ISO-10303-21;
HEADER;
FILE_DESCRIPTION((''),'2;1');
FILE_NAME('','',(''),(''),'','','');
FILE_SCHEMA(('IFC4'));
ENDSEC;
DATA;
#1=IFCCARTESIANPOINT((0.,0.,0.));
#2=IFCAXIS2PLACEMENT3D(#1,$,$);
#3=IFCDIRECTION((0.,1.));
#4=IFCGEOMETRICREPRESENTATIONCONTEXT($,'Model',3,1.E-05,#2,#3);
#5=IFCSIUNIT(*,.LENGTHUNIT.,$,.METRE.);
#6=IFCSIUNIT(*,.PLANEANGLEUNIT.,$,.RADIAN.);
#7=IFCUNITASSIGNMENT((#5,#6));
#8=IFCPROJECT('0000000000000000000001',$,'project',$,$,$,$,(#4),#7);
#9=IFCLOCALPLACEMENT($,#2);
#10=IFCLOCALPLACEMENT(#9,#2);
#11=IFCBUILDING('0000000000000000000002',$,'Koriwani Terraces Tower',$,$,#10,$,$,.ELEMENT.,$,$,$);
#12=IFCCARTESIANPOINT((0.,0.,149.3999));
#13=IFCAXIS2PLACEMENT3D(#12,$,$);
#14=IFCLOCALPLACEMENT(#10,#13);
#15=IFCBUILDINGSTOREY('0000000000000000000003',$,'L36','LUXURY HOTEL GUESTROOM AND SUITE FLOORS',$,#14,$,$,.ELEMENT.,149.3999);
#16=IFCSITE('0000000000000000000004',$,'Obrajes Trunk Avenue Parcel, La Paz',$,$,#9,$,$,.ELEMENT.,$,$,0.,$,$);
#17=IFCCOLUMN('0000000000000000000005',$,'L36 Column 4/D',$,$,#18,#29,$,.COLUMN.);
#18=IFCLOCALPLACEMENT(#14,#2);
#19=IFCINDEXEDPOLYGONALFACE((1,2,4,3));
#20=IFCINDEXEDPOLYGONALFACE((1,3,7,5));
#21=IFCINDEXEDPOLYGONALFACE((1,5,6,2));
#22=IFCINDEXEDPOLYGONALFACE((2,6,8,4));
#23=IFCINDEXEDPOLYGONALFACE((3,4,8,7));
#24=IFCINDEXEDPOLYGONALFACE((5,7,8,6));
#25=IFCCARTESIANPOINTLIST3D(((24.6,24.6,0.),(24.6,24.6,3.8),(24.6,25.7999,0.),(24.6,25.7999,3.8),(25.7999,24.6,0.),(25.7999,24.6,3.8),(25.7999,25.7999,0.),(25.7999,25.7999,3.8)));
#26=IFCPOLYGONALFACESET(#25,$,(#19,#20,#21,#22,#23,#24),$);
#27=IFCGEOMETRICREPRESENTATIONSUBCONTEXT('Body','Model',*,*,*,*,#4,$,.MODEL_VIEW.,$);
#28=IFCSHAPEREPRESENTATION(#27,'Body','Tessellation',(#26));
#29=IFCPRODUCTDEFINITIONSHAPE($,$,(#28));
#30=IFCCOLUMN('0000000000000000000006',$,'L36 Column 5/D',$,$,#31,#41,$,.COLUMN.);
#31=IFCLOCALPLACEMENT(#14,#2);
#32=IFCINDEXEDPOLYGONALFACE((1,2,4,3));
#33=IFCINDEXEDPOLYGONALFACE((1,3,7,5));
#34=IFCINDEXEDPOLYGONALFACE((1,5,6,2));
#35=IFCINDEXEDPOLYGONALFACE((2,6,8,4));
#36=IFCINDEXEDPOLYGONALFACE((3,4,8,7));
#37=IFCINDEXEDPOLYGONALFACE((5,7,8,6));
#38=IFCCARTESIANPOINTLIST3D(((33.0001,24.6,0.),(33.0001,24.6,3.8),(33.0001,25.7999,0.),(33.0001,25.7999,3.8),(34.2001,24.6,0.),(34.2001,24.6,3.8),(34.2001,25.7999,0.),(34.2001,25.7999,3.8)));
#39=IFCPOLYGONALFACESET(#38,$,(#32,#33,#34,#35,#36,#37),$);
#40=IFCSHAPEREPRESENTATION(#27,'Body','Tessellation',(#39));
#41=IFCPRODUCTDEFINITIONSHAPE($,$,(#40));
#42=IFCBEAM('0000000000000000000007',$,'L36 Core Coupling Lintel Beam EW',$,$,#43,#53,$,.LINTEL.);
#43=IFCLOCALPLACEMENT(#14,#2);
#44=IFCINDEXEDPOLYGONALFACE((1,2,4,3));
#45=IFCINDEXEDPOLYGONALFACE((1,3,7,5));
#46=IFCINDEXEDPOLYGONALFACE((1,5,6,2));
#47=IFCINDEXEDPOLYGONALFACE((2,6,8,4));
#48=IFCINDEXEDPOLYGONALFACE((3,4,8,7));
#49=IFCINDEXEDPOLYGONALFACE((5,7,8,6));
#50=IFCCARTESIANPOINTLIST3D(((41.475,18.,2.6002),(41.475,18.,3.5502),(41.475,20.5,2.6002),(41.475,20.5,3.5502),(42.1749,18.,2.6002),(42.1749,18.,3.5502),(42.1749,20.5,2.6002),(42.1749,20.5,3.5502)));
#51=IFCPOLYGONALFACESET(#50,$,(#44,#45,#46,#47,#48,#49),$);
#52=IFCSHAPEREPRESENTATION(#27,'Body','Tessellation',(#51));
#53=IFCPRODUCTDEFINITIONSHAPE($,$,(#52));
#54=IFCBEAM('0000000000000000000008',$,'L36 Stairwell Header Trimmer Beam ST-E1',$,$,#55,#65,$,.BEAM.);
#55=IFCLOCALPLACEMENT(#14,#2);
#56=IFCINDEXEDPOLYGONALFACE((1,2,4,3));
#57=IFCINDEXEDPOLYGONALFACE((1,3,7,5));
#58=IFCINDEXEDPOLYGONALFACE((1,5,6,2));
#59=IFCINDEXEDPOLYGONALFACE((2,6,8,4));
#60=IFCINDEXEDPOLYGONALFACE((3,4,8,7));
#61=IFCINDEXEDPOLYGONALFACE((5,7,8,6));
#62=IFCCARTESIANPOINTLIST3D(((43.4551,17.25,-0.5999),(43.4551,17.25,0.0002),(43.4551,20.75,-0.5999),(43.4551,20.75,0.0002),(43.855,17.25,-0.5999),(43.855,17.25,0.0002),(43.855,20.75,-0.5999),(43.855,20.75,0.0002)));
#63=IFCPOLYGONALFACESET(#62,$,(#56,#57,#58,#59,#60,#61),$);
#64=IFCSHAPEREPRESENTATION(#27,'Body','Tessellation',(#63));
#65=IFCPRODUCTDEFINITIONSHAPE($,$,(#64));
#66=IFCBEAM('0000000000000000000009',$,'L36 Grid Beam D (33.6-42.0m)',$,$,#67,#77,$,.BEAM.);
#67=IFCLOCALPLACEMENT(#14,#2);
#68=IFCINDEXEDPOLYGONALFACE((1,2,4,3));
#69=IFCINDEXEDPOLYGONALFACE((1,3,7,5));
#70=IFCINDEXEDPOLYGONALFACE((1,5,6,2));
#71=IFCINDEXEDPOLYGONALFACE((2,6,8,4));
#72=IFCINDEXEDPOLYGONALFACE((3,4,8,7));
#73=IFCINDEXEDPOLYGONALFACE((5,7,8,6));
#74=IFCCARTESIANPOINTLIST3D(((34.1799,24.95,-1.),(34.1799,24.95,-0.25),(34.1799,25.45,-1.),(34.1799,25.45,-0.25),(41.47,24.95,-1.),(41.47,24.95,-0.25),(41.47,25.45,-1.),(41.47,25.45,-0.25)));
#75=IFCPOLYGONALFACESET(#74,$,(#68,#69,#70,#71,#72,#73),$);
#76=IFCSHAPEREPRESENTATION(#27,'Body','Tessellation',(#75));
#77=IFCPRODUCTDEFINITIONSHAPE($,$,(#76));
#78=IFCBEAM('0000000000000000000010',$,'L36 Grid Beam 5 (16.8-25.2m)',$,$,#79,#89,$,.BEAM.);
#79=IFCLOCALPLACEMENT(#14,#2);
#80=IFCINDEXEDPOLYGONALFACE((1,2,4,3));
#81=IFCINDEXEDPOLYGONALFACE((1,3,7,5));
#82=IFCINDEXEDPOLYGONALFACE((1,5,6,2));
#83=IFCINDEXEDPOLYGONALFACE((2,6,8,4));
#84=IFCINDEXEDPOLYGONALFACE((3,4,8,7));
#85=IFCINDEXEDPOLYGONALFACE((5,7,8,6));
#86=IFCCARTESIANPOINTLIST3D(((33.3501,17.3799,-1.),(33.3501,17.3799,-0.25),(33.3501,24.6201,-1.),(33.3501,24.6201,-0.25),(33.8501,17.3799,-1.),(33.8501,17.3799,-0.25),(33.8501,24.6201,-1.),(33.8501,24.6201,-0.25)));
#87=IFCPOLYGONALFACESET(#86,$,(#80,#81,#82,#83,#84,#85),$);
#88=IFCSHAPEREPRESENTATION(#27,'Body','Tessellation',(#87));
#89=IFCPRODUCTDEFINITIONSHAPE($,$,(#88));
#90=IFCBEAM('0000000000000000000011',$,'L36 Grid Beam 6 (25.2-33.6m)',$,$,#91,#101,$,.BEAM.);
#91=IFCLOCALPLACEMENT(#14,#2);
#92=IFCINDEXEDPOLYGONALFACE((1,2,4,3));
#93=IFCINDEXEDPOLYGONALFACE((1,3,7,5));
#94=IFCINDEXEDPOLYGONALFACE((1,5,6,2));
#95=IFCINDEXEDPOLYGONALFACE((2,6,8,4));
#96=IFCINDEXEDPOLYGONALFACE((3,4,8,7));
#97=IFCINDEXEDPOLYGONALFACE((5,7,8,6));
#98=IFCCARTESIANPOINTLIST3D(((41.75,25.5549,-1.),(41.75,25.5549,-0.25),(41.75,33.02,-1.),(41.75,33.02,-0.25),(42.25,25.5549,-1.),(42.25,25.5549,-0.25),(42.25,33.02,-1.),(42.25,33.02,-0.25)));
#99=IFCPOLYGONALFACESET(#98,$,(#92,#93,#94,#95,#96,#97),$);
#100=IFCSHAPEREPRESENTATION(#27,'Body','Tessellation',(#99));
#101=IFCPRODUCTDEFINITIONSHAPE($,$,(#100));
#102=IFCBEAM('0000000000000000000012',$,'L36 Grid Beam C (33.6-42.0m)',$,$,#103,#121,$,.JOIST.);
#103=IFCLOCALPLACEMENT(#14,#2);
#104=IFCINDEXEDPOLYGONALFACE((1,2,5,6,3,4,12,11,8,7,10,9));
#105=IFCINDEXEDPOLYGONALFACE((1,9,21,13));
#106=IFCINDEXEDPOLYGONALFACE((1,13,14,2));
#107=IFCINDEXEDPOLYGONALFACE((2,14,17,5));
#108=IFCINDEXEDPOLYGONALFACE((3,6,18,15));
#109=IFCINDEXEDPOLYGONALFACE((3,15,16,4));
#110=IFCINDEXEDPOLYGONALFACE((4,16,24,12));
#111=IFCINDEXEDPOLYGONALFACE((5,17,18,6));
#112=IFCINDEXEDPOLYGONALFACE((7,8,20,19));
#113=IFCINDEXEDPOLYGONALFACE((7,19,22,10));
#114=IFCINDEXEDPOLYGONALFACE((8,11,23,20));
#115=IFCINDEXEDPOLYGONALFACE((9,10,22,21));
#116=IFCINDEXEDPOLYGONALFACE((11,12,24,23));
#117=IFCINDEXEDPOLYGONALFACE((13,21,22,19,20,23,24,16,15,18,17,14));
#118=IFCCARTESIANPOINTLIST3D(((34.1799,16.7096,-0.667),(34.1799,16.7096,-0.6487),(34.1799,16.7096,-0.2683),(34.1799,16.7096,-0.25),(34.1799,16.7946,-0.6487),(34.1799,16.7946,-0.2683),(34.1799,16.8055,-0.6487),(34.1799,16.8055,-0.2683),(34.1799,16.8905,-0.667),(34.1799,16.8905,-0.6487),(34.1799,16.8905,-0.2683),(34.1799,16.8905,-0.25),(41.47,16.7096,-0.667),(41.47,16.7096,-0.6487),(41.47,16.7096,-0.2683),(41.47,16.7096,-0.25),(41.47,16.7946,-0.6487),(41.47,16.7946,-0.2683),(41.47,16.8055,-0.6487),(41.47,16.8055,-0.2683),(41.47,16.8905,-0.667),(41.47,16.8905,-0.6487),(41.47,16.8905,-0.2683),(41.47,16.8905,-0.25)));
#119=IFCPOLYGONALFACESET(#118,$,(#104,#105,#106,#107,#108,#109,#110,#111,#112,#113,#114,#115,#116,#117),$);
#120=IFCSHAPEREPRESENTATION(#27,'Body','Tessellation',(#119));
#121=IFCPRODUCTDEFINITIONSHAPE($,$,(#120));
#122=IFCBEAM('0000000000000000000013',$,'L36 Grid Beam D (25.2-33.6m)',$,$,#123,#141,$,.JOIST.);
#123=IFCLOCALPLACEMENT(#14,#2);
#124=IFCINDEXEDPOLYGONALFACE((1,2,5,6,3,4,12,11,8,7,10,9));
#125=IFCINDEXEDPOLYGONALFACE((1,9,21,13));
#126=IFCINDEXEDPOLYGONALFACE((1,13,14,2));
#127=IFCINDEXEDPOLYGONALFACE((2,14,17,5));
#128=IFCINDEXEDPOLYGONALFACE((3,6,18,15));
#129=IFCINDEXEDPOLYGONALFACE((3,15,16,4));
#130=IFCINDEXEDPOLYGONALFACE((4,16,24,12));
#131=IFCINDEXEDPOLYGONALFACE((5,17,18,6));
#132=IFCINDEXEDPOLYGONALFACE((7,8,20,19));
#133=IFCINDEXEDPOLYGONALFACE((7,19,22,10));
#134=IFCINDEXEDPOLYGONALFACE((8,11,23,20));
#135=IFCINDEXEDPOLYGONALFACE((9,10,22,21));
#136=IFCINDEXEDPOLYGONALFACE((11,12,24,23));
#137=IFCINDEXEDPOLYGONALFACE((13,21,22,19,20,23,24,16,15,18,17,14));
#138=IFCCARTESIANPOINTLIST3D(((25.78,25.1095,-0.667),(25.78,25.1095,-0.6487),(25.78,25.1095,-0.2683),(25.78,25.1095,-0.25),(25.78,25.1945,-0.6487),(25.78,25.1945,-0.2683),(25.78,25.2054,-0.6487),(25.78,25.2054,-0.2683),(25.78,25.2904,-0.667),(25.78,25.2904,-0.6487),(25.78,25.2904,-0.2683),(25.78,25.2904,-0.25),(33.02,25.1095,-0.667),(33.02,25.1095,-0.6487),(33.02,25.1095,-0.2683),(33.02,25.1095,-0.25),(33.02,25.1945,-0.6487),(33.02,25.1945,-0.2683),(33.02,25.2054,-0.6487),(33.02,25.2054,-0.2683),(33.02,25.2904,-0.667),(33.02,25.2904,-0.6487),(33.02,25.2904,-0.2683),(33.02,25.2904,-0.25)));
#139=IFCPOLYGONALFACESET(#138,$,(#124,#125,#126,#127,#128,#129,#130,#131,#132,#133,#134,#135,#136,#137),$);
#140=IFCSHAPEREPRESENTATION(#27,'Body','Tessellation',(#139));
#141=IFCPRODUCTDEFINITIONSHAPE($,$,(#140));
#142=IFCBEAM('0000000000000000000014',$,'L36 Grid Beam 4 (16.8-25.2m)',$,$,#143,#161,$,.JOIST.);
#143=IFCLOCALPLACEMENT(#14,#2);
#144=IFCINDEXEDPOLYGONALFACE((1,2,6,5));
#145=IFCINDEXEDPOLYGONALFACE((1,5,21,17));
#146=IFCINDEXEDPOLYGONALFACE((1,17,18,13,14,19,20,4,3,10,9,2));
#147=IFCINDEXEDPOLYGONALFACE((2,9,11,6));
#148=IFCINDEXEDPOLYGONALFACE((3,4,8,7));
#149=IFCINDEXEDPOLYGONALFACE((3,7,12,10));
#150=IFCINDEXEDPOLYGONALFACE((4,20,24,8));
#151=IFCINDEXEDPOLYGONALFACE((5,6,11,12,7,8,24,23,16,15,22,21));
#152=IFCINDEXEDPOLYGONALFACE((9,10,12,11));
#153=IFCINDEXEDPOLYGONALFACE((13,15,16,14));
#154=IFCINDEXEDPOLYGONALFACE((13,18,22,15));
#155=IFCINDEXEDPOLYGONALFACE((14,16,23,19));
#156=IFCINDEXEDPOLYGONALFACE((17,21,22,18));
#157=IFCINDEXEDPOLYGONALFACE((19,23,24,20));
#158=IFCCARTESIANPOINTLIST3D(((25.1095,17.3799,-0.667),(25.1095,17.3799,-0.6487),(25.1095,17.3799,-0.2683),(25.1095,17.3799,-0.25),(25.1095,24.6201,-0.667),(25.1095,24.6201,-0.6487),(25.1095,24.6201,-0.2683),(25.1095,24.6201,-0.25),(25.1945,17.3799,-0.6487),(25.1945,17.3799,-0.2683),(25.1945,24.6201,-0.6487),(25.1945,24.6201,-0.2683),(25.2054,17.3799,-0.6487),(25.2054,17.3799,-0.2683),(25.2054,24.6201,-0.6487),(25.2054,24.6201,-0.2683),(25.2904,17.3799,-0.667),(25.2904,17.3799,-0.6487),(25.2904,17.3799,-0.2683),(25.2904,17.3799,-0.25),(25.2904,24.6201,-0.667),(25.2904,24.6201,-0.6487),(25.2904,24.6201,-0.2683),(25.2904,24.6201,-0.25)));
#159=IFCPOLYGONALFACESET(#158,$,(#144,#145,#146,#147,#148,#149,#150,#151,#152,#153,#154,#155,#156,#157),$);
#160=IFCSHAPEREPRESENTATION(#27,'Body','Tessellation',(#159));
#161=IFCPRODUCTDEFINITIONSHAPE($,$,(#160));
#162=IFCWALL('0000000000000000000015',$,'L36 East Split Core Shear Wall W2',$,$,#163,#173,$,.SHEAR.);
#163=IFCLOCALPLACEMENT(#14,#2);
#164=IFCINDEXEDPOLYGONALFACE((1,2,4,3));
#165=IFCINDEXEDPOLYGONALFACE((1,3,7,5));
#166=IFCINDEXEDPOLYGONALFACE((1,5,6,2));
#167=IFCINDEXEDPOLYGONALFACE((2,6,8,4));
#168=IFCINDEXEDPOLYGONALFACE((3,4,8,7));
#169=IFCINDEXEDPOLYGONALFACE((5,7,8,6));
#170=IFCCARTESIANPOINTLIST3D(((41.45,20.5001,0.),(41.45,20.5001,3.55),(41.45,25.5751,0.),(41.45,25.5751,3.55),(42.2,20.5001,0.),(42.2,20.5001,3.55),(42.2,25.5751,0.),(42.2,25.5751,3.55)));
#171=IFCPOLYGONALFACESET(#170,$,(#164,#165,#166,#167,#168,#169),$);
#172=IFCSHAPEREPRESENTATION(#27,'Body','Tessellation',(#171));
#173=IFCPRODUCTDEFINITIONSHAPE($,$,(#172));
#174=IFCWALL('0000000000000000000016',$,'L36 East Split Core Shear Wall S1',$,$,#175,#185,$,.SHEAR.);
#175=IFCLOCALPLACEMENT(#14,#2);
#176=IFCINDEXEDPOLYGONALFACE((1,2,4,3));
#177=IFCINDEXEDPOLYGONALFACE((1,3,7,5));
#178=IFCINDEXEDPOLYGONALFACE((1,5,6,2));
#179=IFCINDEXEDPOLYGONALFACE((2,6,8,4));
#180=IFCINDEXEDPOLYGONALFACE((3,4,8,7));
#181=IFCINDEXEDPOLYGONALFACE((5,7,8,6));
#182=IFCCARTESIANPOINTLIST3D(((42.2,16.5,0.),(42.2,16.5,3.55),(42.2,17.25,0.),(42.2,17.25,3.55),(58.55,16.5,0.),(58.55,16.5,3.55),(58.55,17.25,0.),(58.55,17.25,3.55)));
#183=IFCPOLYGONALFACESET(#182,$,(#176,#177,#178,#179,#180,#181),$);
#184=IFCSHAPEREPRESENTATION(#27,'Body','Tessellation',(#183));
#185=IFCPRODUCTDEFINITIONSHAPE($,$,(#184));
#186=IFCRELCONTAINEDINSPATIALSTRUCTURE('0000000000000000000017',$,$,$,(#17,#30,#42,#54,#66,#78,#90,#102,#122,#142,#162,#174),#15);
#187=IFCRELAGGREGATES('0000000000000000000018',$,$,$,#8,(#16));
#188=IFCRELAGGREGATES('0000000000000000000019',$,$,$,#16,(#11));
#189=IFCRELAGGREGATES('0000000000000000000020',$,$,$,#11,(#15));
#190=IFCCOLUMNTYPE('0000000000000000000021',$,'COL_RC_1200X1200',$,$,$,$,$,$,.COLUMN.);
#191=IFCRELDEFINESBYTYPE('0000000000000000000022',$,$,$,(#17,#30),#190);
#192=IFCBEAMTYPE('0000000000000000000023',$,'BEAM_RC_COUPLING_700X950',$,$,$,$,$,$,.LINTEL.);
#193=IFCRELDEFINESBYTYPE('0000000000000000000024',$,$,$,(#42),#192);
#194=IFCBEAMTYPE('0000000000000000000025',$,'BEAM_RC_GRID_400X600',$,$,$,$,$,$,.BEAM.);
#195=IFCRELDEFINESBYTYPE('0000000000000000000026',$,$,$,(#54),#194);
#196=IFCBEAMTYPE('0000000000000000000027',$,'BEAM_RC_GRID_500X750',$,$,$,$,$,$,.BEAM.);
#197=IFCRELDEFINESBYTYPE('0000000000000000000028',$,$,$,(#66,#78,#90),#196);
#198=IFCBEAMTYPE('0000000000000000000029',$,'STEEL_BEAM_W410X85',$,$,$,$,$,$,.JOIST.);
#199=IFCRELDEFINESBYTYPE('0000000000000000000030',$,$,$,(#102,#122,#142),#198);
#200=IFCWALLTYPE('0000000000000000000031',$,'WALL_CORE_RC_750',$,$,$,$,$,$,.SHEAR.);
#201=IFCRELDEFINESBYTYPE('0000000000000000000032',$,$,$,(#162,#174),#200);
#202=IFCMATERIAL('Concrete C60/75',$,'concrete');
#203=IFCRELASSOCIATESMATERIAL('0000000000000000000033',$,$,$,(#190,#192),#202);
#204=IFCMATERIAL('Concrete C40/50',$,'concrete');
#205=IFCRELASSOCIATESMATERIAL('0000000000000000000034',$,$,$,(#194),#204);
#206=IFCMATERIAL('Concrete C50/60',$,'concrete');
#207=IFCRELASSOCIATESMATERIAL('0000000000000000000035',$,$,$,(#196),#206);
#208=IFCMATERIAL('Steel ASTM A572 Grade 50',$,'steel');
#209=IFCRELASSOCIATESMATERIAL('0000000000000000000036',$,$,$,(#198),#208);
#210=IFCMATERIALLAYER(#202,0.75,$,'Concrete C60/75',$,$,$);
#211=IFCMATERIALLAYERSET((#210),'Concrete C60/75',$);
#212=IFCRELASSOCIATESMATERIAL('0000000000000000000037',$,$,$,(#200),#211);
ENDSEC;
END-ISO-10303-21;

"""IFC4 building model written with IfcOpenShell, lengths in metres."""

from ifc_helpers import new_model, si_unit, direction, frame, frame_2d, origin, origin_2d, place, context, subcontext, project, spatial, rectangle, i_section, extrude, material, layer, layer_set, material_profile, profile_set, type_object, element, save


model = new_model("IFC4")

# Units and contexts
model_context = context("Model", 3, precision=1e-05, world=origin(), true_north=direction((0.0, 1.0)))
body_context = subcontext(model_context, "Body", "Model", "MODEL_VIEW")
ifc_project = project(units=[si_unit("LENGTHUNIT", "METRE"), si_unit("PLANEANGLEUNIT", "RADIAN")], contexts=[model_context])

# Site, building, storey
site_placement = place(None, origin())
site = spatial("IfcSite", under=ifc_project, at=site_placement, Name="Obrajes Trunk Avenue Parcel, La Paz", CompositionType="ELEMENT", RefElevation=0.0)
building_placement = place(site_placement, origin())
building = spatial("IfcBuilding", under=site, at=building_placement, Name="Koriwani Terraces Tower", CompositionType="ELEMENT")
storey_placement = place(building_placement, frame((0.0, 0.0, 149.3999)))
storey = spatial("IfcBuildingStorey", under=building, at=storey_placement, Name="L36", Description="LUXURY HOTEL GUESTROOM AND SUITE FLOORS", CompositionType="ELEMENT", Elevation=149.3999)

# Columns
ifc_material_1 = material(Name="Concrete C60/75", Category="concrete")
ifc_material_profile_1 = material_profile(ifc_material_1, rectangle(XDim=1.2, YDim=1.2, at=origin_2d()), Name="Concrete C60/75", Category="LoadBearing")
ifc_profile_set_1 = profile_set([ifc_material_profile_1], Name="Concrete C60/75")
column_type = type_object("IfcColumnType", Name="COL_RC_1200X1200", PredefinedType="COLUMN", material=ifc_profile_set_1)
for number, where, z_axis, x_axis, name in (
    (1, (25.2, 25.2, 0.0), (0.0, 0.0, 1.0), (1.0, 0.0, 0.0), "L36 Column 4/D"),
    (2, (33.6001, 25.2, 0.0), (0.0, 0.0, 1.0), (1.0, 0.0, 0.0), "L36 Column 5/D"),
):
    element("IfcColumn", number, at=place(storey_placement, frame(where, z_axis=z_axis, x_axis=x_axis)), inside=storey, type_object=column_type, Name=name, PredefinedType="COLUMN", context=body_context, shape_type="SweptSolid", body=[
        extrude(rectangle(XDim=1.2, YDim=1.2, at=origin_2d()), origin(), (0.0, 0.0, 1.0), 3.8),
    ])

# Beams
ifc_material_profile_2 = material_profile(ifc_material_1, rectangle(XDim=0.7, YDim=0.95, at=origin_2d()), Name="Concrete C60/75", Category="LoadBearing")
ifc_profile_set_2 = profile_set([ifc_material_profile_2], Name="Concrete C60/75")
beam_type_1 = type_object("IfcBeamType", Name="BEAM_RC_COUPLING_700X950", PredefinedType="LINTEL", material=ifc_profile_set_2)
beam_1_placement = place(storey_placement, frame((41.825, 18.0, 3.0752), z_axis=(0.0, 1.0, 0.0), x_axis=(-1.0, 0.0, 0.0)))
element("IfcBeam", 3, at=beam_1_placement, inside=storey, type_object=beam_type_1, Name="L36 Core Coupling Lintel Beam EW", PredefinedType="LINTEL", context=body_context, shape_type="SweptSolid", body=[
    extrude(rectangle(XDim=0.7, YDim=0.95, at=origin_2d()), origin(), (0.0, 0.0, 1.0), 2.5),
])
ifc_material_2 = material(Name="Concrete C40/50", Category="concrete")
ifc_material_profile_3 = material_profile(ifc_material_2, rectangle(XDim=0.3999, YDim=0.6001, at=origin_2d()), Name="Concrete C40/50", Category="LoadBearing")
ifc_profile_set_3 = profile_set([ifc_material_profile_3], Name="Concrete C40/50")
beam_type_2 = type_object("IfcBeamType", Name="BEAM_RC_GRID_400X600", PredefinedType="BEAM", material=ifc_profile_set_3)
beam_2_placement = place(storey_placement, frame((43.655, 17.25, -0.2998), z_axis=(0.0, 1.0, 0.0), x_axis=(-1.0, 0.0, 0.0)))
element("IfcBeam", 4, at=beam_2_placement, inside=storey, type_object=beam_type_2, Name="L36 Stairwell Header Trimmer Beam ST-E1", PredefinedType="BEAM", context=body_context, shape_type="SweptSolid", body=[
    extrude(rectangle(XDim=0.3999, YDim=0.6001, at=origin_2d()), origin(), (0.0, 0.0, 1.0), 3.5),
])
ifc_material_3 = material(Name="Concrete C50/60", Category="concrete")
ifc_material_profile_4 = material_profile(ifc_material_3, rectangle(XDim=0.5, YDim=0.75, at=origin_2d()), Name="Concrete C50/60", Category="LoadBearing")
ifc_profile_set_4 = profile_set([ifc_material_profile_4], Name="Concrete C50/60")
beam_type_3 = type_object("IfcBeamType", Name="BEAM_RC_GRID_500X750", PredefinedType="BEAM", material=ifc_profile_set_4)
beam_3_placement = place(storey_placement, frame((34.1799, 25.2, -0.625), z_axis=(1.0, 0.0, 0.0), x_axis=(0.0, 1.0, 0.0)))
element("IfcBeam", 5, at=beam_3_placement, inside=storey, type_object=beam_type_3, Name="L36 Grid Beam D (33.6-42.0m)", PredefinedType="BEAM", context=body_context, shape_type="SweptSolid", body=[
    extrude(rectangle(XDim=0.5, YDim=0.75, at=origin_2d()), origin(), (0.0, 0.0, 1.0), 7.29),
])
beam_4_placement = place(storey_placement, frame((33.6001, 17.3799, -0.625), z_axis=(0.0, 1.0, 0.0), x_axis=(-1.0, 0.0, 0.0)))
element("IfcBeam", 6, at=beam_4_placement, inside=storey, type_object=beam_type_3, Name="L36 Grid Beam 5 (16.8-25.2m)", PredefinedType="BEAM", context=body_context, shape_type="SweptSolid", body=[
    extrude(rectangle(XDim=0.5, YDim=0.75, at=origin_2d()), origin(), (0.0, 0.0, 1.0), 7.2402),
])
beam_5_placement = place(storey_placement, frame((42.0, 25.5549, -0.625), z_axis=(0.0, 1.0, 0.0), x_axis=(-1.0, 0.0, 0.0)))
element("IfcBeam", 7, at=beam_5_placement, inside=storey, type_object=beam_type_3, Name="L36 Grid Beam 6 (25.2-33.6m)", PredefinedType="BEAM", context=body_context, shape_type="SweptSolid", body=[
    extrude(rectangle(XDim=0.5, YDim=0.75, at=origin_2d()), origin(), (0.0, 0.0, 1.0), 7.4651),
])
ifc_material_4 = material(Name="Steel ASTM A572 Grade 50", Category="steel")
ifc_material_profile_5 = material_profile(ifc_material_4, i_section(OverallWidth=0.1809, OverallDepth=0.417, WebThickness=0.011, FlangeThickness=0.0183, at=origin_2d()), Name="Steel ASTM A572 Grade 50", Category="LoadBearing")
ifc_profile_set_5 = profile_set([ifc_material_profile_5], Name="Steel ASTM A572 Grade 50")
beam_type_4 = type_object("IfcBeamType", Name="STEEL_BEAM_W410X85", PredefinedType="JOIST", material=ifc_profile_set_5)
beam_6_placement = place(storey_placement, frame((34.1799, 16.8, -0.4585), z_axis=(1.0, 0.0, 0.0), x_axis=(0.0, 1.0, 0.0)))
element("IfcBeam", 8, at=beam_6_placement, inside=storey, type_object=beam_type_4, Name="L36 Grid Beam C (33.6-42.0m)", PredefinedType="JOIST", context=body_context, shape_type="SweptSolid", body=[
    extrude(i_section(OverallWidth=0.1809, OverallDepth=0.417, WebThickness=0.011, FlangeThickness=0.0183, at=origin_2d()), origin(), (0.0, 0.0, 1.0), 7.29),
])
beam_7_placement = place(storey_placement, frame((25.78, 25.2, -0.4585), z_axis=(1.0, 0.0, 0.0), x_axis=(0.0, 1.0, 0.0)))
element("IfcBeam", 9, at=beam_7_placement, inside=storey, type_object=beam_type_4, Name="L36 Grid Beam D (25.2-33.6m)", PredefinedType="JOIST", context=body_context, shape_type="SweptSolid", body=[
    extrude(i_section(OverallWidth=0.1809, OverallDepth=0.417, WebThickness=0.011, FlangeThickness=0.0183, at=origin_2d()), origin(), (0.0, 0.0, 1.0), 7.24),
])
beam_8_placement = place(storey_placement, frame((25.2, 17.3799, -0.4585), z_axis=(0.0, 1.0, 0.0), x_axis=(-1.0, 0.0, 0.0)))
element("IfcBeam", 10, at=beam_8_placement, inside=storey, type_object=beam_type_4, Name="L36 Grid Beam 4 (16.8-25.2m)", PredefinedType="JOIST", context=body_context, shape_type="SweptSolid", body=[
    extrude(i_section(OverallWidth=0.1809, OverallDepth=0.417, WebThickness=0.011, FlangeThickness=0.0183, at=origin_2d()), origin(), (0.0, 0.0, 1.0), 7.2402),
])

# Walls
ifc_layer_1 = layer(ifc_material_1, 0.75, Name="Concrete C60/75")
ifc_layer_set_1 = layer_set([ifc_layer_1], Name="Concrete C60/75")
wall_type_1 = type_object("IfcWallType", Name="WALL_CORE_RC_750", PredefinedType="SHEAR", material=ifc_layer_set_1)
wall_1_placement = place(storey_placement, frame((41.825, 20.5, 0.0), z_axis=(0.0, 0.0, 1.0), x_axis=(0.0, 1.0, 0.0)))
element("IfcWall", 11, at=wall_1_placement, inside=storey, type_object=wall_type_1, Name="L36 East Split Core Shear Wall W2", PredefinedType="SHEAR", context=body_context, shape_type="SweptSolid", body=[
    extrude(rectangle(XDim=5.075, YDim=0.75, at=frame_2d((2.5376, 0.0))), origin(), (0.0, 0.0, 1.0), 3.55),
])
wall_2_placement = place(storey_placement, frame((42.2, 16.875, 0.0), z_axis=(0.0, 0.0, 1.0), x_axis=(1.0, 0.0, 0.0)))
element("IfcWall", 12, at=wall_2_placement, inside=storey, type_object=wall_type_1, Name="L36 East Split Core Shear Wall S1", PredefinedType="SHEAR", context=body_context, shape_type="SweptSolid", body=[
    extrude(rectangle(XDim=16.3501, YDim=0.75, at=frame_2d((8.175, 0.0))), origin(), (0.0, 0.0, 1.0), 3.55),
])

save(model, "model.ifc")
